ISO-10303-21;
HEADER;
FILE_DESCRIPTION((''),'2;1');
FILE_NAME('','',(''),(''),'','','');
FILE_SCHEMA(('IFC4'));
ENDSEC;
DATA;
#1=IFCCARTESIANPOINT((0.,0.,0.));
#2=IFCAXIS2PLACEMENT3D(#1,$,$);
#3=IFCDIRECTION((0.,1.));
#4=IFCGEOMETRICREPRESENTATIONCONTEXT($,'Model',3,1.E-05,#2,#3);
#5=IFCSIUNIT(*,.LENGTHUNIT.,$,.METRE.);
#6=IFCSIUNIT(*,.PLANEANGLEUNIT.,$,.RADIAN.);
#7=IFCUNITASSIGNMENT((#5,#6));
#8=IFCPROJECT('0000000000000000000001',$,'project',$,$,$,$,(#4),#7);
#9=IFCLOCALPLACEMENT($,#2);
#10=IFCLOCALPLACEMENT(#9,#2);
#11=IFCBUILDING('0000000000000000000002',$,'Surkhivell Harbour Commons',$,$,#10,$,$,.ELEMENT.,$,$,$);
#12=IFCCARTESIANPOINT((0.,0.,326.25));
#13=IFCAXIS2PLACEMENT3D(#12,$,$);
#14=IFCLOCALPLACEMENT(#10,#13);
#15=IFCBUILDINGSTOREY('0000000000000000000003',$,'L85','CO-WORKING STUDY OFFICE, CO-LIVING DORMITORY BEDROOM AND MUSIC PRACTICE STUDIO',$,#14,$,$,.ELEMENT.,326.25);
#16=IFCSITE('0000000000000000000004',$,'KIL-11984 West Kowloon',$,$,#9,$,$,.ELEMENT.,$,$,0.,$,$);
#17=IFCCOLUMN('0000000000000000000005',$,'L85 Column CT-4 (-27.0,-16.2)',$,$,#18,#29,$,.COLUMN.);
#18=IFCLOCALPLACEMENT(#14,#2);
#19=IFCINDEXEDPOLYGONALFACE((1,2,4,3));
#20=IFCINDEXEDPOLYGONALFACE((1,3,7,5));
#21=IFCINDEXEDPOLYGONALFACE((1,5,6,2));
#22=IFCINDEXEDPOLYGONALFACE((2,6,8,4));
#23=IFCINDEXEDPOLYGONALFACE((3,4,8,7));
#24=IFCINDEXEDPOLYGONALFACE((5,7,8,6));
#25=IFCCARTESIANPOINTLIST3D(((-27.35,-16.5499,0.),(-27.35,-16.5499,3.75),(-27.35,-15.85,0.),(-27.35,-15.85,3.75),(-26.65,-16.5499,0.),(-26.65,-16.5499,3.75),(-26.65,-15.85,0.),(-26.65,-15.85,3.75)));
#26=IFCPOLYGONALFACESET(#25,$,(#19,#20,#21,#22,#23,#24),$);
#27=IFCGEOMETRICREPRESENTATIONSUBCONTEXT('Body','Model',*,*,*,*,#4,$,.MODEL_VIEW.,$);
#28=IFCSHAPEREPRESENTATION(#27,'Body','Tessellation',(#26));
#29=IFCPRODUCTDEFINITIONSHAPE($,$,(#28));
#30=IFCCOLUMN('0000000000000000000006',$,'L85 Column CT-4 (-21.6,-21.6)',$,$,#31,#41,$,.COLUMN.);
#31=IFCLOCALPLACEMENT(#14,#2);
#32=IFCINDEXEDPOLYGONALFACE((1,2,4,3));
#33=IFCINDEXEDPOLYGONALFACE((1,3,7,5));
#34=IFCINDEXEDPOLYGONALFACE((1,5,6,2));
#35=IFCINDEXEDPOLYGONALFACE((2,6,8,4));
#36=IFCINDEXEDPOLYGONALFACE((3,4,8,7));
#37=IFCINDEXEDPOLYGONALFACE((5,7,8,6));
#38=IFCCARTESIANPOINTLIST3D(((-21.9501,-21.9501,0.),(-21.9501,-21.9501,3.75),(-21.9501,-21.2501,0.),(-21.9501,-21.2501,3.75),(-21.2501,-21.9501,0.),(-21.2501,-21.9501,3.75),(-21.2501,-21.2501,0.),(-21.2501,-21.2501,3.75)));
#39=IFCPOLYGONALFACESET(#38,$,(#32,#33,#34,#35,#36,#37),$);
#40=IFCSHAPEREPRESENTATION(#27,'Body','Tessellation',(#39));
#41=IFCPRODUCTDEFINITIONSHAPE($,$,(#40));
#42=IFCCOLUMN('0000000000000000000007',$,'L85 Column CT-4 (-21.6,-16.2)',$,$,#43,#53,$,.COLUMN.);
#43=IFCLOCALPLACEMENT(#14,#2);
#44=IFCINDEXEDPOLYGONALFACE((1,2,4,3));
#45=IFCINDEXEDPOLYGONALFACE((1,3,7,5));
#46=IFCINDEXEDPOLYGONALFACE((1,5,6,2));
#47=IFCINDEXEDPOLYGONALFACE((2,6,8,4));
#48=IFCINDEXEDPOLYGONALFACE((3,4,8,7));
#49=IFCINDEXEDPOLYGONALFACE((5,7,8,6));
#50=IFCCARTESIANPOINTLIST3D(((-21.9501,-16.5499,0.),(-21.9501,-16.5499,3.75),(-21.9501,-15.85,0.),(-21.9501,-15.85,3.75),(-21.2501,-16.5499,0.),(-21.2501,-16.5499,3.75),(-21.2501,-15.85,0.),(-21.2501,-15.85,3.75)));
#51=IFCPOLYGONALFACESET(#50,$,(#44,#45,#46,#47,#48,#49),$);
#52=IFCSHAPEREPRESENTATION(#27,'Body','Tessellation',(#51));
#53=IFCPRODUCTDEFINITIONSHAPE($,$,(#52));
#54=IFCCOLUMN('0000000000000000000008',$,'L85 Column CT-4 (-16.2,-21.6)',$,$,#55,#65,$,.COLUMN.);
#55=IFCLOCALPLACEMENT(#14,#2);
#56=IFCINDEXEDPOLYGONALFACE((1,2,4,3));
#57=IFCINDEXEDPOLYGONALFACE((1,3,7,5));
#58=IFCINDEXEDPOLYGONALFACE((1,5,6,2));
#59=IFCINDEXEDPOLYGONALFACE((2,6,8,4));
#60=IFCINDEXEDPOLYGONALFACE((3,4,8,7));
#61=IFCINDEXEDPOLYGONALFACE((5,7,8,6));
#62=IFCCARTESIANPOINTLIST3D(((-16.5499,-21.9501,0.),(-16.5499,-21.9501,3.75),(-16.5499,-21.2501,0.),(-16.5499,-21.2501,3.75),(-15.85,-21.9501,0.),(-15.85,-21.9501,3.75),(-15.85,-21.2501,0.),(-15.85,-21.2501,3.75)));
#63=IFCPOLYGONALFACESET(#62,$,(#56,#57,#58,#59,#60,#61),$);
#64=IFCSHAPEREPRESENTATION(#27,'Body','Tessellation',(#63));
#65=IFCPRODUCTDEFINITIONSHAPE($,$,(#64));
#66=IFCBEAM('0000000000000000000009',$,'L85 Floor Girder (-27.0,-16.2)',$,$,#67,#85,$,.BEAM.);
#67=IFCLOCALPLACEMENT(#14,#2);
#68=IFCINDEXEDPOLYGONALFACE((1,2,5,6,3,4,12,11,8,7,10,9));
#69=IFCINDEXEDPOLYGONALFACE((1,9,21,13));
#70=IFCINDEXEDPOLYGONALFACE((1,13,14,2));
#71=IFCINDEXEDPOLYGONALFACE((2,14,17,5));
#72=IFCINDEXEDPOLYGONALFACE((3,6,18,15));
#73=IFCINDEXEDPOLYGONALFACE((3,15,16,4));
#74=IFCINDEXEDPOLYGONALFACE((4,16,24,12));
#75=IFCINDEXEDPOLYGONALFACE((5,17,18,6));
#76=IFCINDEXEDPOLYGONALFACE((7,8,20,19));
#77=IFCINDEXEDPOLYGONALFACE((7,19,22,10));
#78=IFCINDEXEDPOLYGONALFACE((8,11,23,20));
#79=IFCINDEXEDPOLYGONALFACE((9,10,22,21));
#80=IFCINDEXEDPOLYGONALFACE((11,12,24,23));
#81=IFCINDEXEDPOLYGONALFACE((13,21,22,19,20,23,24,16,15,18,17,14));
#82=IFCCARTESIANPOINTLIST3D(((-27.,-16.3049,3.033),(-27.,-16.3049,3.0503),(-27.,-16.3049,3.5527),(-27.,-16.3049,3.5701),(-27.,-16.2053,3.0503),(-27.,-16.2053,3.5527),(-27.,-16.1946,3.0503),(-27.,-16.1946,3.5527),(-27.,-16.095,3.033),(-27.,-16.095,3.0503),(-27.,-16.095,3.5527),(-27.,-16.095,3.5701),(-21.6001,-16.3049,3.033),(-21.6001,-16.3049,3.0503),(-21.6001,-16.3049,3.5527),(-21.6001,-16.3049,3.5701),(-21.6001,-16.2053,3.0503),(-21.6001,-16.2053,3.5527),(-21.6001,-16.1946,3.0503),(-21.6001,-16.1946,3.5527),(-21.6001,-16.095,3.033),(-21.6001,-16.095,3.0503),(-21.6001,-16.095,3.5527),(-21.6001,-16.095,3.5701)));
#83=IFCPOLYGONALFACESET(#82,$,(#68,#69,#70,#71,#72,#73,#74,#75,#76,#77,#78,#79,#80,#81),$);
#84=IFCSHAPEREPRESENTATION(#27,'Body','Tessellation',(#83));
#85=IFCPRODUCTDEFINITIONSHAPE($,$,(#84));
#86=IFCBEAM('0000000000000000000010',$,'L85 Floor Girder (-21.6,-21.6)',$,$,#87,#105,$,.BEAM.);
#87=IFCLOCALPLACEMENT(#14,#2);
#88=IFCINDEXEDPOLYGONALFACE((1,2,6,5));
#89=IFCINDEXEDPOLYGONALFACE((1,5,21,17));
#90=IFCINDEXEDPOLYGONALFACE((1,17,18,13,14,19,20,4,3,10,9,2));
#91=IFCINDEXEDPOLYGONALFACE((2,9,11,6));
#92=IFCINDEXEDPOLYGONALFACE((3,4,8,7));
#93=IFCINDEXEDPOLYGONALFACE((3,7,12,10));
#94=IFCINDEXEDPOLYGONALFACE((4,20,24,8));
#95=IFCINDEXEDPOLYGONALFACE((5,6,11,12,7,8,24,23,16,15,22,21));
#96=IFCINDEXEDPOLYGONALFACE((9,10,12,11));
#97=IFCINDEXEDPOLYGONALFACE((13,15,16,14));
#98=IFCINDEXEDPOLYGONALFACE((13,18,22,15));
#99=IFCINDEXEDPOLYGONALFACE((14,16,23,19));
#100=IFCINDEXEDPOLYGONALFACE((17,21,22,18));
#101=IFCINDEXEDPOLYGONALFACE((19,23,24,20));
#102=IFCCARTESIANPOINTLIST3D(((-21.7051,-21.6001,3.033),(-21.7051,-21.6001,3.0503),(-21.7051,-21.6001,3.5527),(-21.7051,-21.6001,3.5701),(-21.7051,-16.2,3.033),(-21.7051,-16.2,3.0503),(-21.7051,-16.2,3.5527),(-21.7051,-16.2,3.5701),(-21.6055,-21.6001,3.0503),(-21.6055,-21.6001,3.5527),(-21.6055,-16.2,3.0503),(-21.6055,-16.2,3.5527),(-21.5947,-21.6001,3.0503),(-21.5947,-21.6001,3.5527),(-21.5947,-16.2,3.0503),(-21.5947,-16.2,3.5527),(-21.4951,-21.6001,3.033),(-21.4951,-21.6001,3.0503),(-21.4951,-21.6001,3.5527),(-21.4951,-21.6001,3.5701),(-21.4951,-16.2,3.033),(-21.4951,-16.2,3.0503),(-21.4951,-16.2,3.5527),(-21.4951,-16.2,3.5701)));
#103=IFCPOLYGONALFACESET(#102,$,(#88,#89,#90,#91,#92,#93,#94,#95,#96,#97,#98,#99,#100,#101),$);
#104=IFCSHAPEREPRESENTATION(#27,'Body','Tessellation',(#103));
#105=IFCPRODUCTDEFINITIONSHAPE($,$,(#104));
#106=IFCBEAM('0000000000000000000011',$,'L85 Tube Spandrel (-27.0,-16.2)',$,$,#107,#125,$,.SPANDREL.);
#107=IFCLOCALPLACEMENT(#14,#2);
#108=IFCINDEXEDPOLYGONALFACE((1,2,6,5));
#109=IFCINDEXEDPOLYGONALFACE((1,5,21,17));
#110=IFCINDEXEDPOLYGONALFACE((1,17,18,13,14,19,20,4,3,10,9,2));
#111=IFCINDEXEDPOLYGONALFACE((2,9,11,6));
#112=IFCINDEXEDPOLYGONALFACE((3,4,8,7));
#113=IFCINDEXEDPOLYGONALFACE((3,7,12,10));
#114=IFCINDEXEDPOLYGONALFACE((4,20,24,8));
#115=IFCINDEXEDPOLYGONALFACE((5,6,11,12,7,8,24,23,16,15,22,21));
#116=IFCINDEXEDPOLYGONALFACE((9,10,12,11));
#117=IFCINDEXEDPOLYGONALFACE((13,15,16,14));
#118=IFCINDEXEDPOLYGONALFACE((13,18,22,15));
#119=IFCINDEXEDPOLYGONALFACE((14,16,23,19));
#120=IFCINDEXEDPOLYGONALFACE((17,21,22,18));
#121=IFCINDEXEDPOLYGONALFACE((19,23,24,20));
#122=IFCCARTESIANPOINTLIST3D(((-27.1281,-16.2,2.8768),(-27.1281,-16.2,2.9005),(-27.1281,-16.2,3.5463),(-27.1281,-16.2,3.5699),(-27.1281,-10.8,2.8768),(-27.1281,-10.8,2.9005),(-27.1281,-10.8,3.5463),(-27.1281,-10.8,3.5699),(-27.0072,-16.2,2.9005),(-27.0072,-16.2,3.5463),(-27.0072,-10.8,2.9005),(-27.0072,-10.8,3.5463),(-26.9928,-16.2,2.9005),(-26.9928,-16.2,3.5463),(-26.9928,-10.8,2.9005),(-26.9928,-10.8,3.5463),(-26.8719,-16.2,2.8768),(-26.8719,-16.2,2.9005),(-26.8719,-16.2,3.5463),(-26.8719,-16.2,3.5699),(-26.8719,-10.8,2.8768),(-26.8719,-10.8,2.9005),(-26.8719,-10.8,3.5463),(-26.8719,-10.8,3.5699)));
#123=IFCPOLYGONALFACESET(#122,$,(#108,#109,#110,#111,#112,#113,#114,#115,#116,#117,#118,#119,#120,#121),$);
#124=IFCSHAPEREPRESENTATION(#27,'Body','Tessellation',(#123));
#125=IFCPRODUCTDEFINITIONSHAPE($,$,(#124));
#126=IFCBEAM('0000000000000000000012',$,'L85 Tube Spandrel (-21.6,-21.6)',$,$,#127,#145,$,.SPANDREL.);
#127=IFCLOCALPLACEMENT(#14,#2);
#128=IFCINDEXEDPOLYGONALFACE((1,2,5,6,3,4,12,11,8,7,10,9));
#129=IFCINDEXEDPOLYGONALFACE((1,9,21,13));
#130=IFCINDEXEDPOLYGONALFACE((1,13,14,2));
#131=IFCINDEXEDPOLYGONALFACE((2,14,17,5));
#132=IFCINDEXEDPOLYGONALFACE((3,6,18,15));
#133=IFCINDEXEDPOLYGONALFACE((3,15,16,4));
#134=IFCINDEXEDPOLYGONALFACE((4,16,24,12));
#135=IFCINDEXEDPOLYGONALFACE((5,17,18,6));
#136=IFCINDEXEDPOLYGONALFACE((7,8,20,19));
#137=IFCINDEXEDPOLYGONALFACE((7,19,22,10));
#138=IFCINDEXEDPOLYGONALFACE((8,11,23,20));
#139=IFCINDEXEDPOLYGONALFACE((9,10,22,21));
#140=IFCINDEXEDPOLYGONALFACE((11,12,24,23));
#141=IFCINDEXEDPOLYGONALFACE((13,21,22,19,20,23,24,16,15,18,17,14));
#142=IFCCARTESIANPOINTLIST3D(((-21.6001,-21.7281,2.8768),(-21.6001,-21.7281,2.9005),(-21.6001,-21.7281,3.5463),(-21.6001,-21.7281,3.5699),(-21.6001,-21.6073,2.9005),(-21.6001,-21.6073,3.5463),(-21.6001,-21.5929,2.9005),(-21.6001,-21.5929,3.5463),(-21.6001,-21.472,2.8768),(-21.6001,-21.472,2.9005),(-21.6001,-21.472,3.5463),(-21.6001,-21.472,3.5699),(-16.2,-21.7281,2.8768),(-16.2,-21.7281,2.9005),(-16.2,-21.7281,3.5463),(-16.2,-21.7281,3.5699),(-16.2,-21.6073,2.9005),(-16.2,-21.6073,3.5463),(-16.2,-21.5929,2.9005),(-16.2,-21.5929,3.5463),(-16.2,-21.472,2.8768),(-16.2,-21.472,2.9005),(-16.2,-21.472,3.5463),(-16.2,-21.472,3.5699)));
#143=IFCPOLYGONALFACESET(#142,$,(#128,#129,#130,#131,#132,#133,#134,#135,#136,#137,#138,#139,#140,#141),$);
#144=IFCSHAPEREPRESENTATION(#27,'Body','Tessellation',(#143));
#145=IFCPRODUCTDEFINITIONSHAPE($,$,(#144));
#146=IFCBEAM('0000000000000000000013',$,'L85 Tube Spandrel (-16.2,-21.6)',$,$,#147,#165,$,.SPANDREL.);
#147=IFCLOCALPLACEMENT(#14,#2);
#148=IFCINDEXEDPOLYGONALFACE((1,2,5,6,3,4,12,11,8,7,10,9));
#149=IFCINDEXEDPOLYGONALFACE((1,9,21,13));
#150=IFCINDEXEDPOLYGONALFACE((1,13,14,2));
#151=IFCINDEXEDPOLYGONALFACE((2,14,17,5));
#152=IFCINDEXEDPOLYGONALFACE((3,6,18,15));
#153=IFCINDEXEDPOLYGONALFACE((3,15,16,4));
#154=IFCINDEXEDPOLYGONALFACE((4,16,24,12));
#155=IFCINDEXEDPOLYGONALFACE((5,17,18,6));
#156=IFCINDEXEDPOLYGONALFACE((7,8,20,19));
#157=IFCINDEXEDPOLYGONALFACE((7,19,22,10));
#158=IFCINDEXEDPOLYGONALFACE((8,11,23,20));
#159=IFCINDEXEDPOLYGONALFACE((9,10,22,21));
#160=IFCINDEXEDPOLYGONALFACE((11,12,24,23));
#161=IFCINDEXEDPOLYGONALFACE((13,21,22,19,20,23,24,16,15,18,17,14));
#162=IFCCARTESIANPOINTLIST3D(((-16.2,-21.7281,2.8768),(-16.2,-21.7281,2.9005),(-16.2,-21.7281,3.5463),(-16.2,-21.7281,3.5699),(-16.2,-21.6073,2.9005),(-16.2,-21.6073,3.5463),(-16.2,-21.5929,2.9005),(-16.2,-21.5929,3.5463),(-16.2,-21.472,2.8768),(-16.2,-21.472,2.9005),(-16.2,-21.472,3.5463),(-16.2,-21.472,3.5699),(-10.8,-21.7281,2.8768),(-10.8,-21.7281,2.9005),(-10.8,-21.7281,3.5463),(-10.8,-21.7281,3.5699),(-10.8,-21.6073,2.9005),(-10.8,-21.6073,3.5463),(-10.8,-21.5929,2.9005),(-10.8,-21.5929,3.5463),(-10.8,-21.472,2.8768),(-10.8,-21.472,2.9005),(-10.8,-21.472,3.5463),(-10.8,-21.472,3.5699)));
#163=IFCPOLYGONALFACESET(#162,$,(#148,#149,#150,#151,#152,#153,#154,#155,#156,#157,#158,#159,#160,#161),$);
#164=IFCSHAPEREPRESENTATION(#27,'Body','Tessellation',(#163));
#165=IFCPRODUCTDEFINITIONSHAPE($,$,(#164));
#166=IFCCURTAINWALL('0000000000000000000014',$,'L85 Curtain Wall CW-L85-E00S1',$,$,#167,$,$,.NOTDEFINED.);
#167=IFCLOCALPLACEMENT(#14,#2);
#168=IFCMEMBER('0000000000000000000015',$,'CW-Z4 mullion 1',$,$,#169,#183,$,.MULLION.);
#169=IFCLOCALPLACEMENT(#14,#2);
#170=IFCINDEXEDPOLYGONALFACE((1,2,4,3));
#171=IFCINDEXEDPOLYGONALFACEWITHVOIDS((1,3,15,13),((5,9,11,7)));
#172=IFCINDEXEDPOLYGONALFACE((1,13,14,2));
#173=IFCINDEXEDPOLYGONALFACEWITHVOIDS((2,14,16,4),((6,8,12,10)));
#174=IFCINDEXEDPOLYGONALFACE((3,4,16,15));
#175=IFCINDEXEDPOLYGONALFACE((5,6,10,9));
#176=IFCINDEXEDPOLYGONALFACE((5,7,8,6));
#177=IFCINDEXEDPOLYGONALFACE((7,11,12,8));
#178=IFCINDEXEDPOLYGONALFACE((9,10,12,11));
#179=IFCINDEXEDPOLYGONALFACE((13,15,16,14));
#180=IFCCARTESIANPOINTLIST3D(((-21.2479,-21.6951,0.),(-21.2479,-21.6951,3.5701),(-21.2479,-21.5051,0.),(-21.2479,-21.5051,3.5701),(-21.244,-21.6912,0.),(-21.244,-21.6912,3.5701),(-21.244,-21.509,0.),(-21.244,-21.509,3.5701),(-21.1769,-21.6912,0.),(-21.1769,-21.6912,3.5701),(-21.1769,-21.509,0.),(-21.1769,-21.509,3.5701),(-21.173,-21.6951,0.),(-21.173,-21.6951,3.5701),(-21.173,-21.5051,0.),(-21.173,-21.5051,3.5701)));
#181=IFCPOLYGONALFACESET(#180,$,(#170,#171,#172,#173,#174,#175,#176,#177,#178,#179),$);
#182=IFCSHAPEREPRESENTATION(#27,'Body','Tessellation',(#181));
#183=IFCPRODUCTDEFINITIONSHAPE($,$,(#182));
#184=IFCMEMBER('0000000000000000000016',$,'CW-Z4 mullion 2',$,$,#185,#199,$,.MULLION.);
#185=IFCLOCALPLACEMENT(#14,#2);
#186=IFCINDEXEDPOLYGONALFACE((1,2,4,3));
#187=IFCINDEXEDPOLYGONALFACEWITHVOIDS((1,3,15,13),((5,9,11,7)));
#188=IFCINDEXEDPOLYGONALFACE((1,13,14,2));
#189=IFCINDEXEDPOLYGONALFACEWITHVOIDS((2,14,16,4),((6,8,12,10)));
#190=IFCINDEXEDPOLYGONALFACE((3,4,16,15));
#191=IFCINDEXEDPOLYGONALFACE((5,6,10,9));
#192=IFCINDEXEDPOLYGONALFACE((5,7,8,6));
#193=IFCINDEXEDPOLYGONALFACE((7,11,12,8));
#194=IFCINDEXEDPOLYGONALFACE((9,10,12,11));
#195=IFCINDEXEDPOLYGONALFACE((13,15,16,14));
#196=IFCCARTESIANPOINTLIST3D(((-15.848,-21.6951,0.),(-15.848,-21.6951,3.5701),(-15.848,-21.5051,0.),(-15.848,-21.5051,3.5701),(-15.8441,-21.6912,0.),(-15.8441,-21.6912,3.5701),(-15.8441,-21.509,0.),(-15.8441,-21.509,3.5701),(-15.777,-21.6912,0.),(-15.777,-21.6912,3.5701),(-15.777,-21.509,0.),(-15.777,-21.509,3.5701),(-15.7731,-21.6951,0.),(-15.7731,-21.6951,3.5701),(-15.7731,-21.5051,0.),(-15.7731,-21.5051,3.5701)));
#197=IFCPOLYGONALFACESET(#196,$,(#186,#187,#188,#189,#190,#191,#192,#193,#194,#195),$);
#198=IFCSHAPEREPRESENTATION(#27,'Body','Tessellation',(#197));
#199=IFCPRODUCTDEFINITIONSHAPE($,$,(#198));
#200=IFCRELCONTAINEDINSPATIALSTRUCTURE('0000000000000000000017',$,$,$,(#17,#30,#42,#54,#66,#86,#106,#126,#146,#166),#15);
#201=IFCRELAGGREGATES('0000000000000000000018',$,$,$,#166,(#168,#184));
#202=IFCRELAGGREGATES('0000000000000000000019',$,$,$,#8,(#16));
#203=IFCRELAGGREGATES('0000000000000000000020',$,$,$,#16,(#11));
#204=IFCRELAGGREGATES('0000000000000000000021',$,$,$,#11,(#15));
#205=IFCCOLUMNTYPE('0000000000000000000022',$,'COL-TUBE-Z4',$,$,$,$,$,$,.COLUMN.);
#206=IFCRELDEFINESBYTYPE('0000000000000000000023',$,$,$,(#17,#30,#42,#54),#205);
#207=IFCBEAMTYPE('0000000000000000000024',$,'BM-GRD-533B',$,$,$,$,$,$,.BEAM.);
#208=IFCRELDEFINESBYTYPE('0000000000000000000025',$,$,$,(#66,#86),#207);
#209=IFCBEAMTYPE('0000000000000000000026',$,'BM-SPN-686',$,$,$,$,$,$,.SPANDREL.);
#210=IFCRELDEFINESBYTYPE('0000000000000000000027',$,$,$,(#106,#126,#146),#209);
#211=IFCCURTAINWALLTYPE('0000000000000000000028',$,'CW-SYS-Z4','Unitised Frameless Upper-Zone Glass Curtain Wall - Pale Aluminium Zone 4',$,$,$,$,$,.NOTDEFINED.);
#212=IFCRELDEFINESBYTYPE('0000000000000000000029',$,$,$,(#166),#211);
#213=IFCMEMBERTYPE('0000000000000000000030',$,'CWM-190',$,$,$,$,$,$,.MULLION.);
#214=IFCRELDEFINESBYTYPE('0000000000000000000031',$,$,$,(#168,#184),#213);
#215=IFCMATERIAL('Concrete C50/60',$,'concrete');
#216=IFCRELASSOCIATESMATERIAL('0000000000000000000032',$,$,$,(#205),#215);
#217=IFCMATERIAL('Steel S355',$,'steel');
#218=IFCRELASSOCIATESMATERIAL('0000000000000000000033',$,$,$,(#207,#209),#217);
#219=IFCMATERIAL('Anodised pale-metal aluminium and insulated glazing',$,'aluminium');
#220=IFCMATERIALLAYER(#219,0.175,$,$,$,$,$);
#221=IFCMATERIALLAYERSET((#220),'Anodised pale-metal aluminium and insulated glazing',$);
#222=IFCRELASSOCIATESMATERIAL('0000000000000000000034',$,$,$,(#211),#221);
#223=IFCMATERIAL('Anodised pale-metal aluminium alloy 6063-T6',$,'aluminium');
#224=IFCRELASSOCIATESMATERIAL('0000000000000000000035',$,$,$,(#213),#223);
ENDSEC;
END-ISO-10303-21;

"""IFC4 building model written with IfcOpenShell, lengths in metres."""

from ifc_helpers import new_model, si_unit, direction, frame, origin, origin_2d, place, context, subcontext, project, spatial, rectangle, hollow_rectangle, i_section, extrude, material, layer, layer_set, material_profile, profile_set, type_object, element, aggregate, save


model = new_model("IFC4")

# Units and contexts
model_context = context("Model", 3, precision=1e-05, world=origin(), true_north=direction((0.0, 1.0)))
body_context = subcontext(model_context, "Body", "Model", "MODEL_VIEW")
ifc_project = project(units=[si_unit("LENGTHUNIT", "METRE"), si_unit("PLANEANGLEUNIT", "RADIAN")], contexts=[model_context])

# Site, building, storey
site_placement = place(None, origin())
site = spatial("IfcSite", under=ifc_project, at=site_placement, Name="KIL-11984 West Kowloon", CompositionType="ELEMENT", RefElevation=0.0)
building_placement = place(site_placement, origin())
building = spatial("IfcBuilding", under=site, at=building_placement, Name="Surkhivell Harbour Commons", CompositionType="ELEMENT")
storey_placement = place(building_placement, frame((0.0, 0.0, 326.25)))
storey = spatial("IfcBuildingStorey", under=building, at=storey_placement, Name="L85", Description="CO-WORKING STUDY OFFICE, CO-LIVING DORMITORY BEDROOM AND MUSIC PRACTICE STUDIO", CompositionType="ELEMENT", Elevation=326.25)

# Columns
ifc_material_1 = material(Name="Concrete C50/60", Category="concrete")
ifc_material_profile_1 = material_profile(ifc_material_1, rectangle(XDim=0.7, YDim=0.7, at=origin_2d()), Name="RC-COL-700x700")
ifc_profile_set_1 = profile_set([ifc_material_profile_1], Name="Concrete C50/60")
column_type = type_object("IfcColumnType", Name="COL-TUBE-Z4", PredefinedType="COLUMN", material=ifc_profile_set_1)
for number, where, z_axis, x_axis, name in (
    (1, (-27.0, -16.2, 0.0), (0.0, 0.0, 1.0), (1.0, 0.0, 0.0), "L85 Column CT-4 (-27.0,-16.2)"),
    (2, (-21.6001, -21.6001, 0.0), (0.0, 0.0, 1.0), (1.0, 0.0, 0.0), "L85 Column CT-4 (-21.6,-21.6)"),
    (3, (-21.6001, -16.2, 0.0), (0.0, 0.0, 1.0), (1.0, 0.0, 0.0), "L85 Column CT-4 (-21.6,-16.2)"),
    (4, (-16.2, -21.6001, 0.0), (0.0, 0.0, 1.0), (1.0, 0.0, 0.0), "L85 Column CT-4 (-16.2,-21.6)"),
):
    element("IfcColumn", number, at=place(storey_placement, frame(where, z_axis=z_axis, x_axis=x_axis)), inside=storey, type_object=column_type, Name=name, PredefinedType="COLUMN", context=body_context, shape_type="SweptSolid", body=[
        extrude(rectangle(XDim=0.7, YDim=0.7, at=origin_2d()), origin(), (0.0, 0.0, 1.0), 3.75),
    ])

# Beams
ifc_material_2 = material(Name="Steel S355", Category="steel")
ifc_material_profile_2 = material_profile(ifc_material_2, i_section(OverallWidth=0.21, OverallDepth=0.5371, WebThickness=0.0107, FlangeThickness=0.0173, at=origin_2d()), Name="UB533x210x101")
ifc_profile_set_2 = profile_set([ifc_material_profile_2], Name="Steel S355")
beam_type_1 = type_object("IfcBeamType", Name="BM-GRD-533B", PredefinedType="BEAM", material=ifc_profile_set_2)
beam_1_placement = place(storey_placement, frame((-27.0, -16.2, 3.3015), z_axis=(1.0, 0.0, 0.0), x_axis=(0.0, 1.0, 0.0)))
element("IfcBeam", 5, at=beam_1_placement, inside=storey, type_object=beam_type_1, Name="L85 Floor Girder (-27.0,-16.2)", PredefinedType="BEAM", context=body_context, shape_type="SweptSolid", body=[
    extrude(i_section(OverallWidth=0.21, OverallDepth=0.5371, WebThickness=0.0107, FlangeThickness=0.0173, at=origin_2d()), origin(), (0.0, 0.0, 1.0), 5.3999),
])
beam_2_placement = place(storey_placement, frame((-21.6001, -21.6001, 3.3015), z_axis=(0.0, 1.0, 0.0), x_axis=(-1.0, 0.0, 0.0)))
element("IfcBeam", 6, at=beam_2_placement, inside=storey, type_object=beam_type_1, Name="L85 Floor Girder (-21.6,-21.6)", PredefinedType="BEAM", context=body_context, shape_type="SweptSolid", body=[
    extrude(i_section(OverallWidth=0.21, OverallDepth=0.5371, WebThickness=0.0107, FlangeThickness=0.0173, at=origin_2d()), origin(), (0.0, 0.0, 1.0), 5.4001),
])
ifc_material_profile_3 = material_profile(ifc_material_2, i_section(OverallWidth=0.2561, OverallDepth=0.6931, WebThickness=0.0144, FlangeThickness=0.0237, at=origin_2d()), Name="UB686x254x170")
ifc_profile_set_3 = profile_set([ifc_material_profile_3], Name="Steel S355")
beam_type_2 = type_object("IfcBeamType", Name="BM-SPN-686", PredefinedType="SPANDREL", material=ifc_profile_set_3)
beam_3_placement = place(storey_placement, frame((-27.0, -16.2, 3.2234), z_axis=(0.0, 1.0, 0.0), x_axis=(-1.0, 0.0, 0.0)))
element("IfcBeam", 7, at=beam_3_placement, inside=storey, type_object=beam_type_2, Name="L85 Tube Spandrel (-27.0,-16.2)", PredefinedType="SPANDREL", context=body_context, shape_type="SweptSolid", body=[
    extrude(i_section(OverallWidth=0.2561, OverallDepth=0.6931, WebThickness=0.0144, FlangeThickness=0.0237, at=origin_2d()), origin(), (0.0, 0.0, 1.0), 5.3999),
])
beam_4_placement = place(storey_placement, frame((-21.6001, -21.6001, 3.2234), z_axis=(1.0, 0.0, 0.0), x_axis=(0.0, 1.0, 0.0)))
element("IfcBeam", 8, at=beam_4_placement, inside=storey, type_object=beam_type_2, Name="L85 Tube Spandrel (-21.6,-21.6)", PredefinedType="SPANDREL", context=body_context, shape_type="SweptSolid", body=[
    extrude(i_section(OverallWidth=0.2561, OverallDepth=0.6931, WebThickness=0.0144, FlangeThickness=0.0237, at=origin_2d()), origin(), (0.0, 0.0, 1.0), 5.4001),
])
beam_5_placement = place(storey_placement, frame((-16.2, -21.6001, 3.2234), z_axis=(1.0, 0.0, 0.0), x_axis=(0.0, 1.0, 0.0)))
element("IfcBeam", 9, at=beam_5_placement, inside=storey, type_object=beam_type_2, Name="L85 Tube Spandrel (-16.2,-21.6)", PredefinedType="SPANDREL", context=body_context, shape_type="SweptSolid", body=[
    extrude(i_section(OverallWidth=0.2561, OverallDepth=0.6931, WebThickness=0.0144, FlangeThickness=0.0237, at=origin_2d()), origin(), (0.0, 0.0, 1.0), 5.3999),
])

# Curtain wall, members
ifc_material_3 = material(Name="Anodised pale-metal aluminium and insulated glazing", Category="aluminium")
ifc_layer_1 = layer(ifc_material_3, 0.175)
ifc_layer_set_1 = layer_set([ifc_layer_1], Name="Anodised pale-metal aluminium and insulated glazing")
curtain_wall_type = type_object("IfcCurtainWallType", Name="CW-SYS-Z4", Description="Unitised Frameless Upper-Zone Glass Curtain Wall - Pale Aluminium Zone 4", PredefinedType="NOTDEFINED", material=ifc_layer_set_1)
curtain_wall_placement = place(storey_placement, origin())
curtain_wall = element("IfcCurtainWall", 10, at=curtain_wall_placement, inside=storey, type_object=curtain_wall_type, Name="L85 Curtain Wall CW-L85-E00S1", PredefinedType="NOTDEFINED")
ifc_material_4 = material(Name="Anodised pale-metal aluminium alloy 6063-T6", Category="aluminium")
ifc_material_profile_4 = material_profile(ifc_material_4, hollow_rectangle(XDim=0.075, YDim=0.1899, WallThickness=0.0039, at=origin_2d()), Name="ALU-MULL-75x190")
ifc_profile_set_4 = profile_set([ifc_material_profile_4], Name="Anodised pale-metal aluminium alloy 6063-T6")
member_type_1 = type_object("IfcMemberType", Name="CWM-190", PredefinedType="MULLION", material=ifc_profile_set_4)
member_1_placement = place(storey_placement, frame((-21.2104, -21.6001, 0.0), z_axis=(0.0, 0.0, 1.0), x_axis=(1.0, 0.0, 0.0)))
member_1 = element("IfcMember", 11, at=member_1_placement, type_object=member_type_1, Name="CW-Z4 mullion 1", PredefinedType="MULLION", context=body_context, shape_type="SweptSolid", body=[
    extrude(hollow_rectangle(XDim=0.075, YDim=0.1899, WallThickness=0.0039, at=origin_2d()), origin(), (0.0, 0.0, 1.0), 3.5701),
])
member_2_placement = place(storey_placement, frame((-15.8105, -21.6001, 0.0), z_axis=(0.0, 0.0, 1.0), x_axis=(1.0, 0.0, 0.0)))
member_2 = element("IfcMember", 12, at=member_2_placement, type_object=member_type_1, Name="CW-Z4 mullion 2", PredefinedType="MULLION", context=body_context, shape_type="SweptSolid", body=[
    extrude(hollow_rectangle(XDim=0.075, YDim=0.1899, WallThickness=0.0039, at=origin_2d()), origin(), (0.0, 0.0, 1.0), 3.5701),
])

aggregate(curtain_wall, [member_1, member_2])

save(model, "model.ifc")
